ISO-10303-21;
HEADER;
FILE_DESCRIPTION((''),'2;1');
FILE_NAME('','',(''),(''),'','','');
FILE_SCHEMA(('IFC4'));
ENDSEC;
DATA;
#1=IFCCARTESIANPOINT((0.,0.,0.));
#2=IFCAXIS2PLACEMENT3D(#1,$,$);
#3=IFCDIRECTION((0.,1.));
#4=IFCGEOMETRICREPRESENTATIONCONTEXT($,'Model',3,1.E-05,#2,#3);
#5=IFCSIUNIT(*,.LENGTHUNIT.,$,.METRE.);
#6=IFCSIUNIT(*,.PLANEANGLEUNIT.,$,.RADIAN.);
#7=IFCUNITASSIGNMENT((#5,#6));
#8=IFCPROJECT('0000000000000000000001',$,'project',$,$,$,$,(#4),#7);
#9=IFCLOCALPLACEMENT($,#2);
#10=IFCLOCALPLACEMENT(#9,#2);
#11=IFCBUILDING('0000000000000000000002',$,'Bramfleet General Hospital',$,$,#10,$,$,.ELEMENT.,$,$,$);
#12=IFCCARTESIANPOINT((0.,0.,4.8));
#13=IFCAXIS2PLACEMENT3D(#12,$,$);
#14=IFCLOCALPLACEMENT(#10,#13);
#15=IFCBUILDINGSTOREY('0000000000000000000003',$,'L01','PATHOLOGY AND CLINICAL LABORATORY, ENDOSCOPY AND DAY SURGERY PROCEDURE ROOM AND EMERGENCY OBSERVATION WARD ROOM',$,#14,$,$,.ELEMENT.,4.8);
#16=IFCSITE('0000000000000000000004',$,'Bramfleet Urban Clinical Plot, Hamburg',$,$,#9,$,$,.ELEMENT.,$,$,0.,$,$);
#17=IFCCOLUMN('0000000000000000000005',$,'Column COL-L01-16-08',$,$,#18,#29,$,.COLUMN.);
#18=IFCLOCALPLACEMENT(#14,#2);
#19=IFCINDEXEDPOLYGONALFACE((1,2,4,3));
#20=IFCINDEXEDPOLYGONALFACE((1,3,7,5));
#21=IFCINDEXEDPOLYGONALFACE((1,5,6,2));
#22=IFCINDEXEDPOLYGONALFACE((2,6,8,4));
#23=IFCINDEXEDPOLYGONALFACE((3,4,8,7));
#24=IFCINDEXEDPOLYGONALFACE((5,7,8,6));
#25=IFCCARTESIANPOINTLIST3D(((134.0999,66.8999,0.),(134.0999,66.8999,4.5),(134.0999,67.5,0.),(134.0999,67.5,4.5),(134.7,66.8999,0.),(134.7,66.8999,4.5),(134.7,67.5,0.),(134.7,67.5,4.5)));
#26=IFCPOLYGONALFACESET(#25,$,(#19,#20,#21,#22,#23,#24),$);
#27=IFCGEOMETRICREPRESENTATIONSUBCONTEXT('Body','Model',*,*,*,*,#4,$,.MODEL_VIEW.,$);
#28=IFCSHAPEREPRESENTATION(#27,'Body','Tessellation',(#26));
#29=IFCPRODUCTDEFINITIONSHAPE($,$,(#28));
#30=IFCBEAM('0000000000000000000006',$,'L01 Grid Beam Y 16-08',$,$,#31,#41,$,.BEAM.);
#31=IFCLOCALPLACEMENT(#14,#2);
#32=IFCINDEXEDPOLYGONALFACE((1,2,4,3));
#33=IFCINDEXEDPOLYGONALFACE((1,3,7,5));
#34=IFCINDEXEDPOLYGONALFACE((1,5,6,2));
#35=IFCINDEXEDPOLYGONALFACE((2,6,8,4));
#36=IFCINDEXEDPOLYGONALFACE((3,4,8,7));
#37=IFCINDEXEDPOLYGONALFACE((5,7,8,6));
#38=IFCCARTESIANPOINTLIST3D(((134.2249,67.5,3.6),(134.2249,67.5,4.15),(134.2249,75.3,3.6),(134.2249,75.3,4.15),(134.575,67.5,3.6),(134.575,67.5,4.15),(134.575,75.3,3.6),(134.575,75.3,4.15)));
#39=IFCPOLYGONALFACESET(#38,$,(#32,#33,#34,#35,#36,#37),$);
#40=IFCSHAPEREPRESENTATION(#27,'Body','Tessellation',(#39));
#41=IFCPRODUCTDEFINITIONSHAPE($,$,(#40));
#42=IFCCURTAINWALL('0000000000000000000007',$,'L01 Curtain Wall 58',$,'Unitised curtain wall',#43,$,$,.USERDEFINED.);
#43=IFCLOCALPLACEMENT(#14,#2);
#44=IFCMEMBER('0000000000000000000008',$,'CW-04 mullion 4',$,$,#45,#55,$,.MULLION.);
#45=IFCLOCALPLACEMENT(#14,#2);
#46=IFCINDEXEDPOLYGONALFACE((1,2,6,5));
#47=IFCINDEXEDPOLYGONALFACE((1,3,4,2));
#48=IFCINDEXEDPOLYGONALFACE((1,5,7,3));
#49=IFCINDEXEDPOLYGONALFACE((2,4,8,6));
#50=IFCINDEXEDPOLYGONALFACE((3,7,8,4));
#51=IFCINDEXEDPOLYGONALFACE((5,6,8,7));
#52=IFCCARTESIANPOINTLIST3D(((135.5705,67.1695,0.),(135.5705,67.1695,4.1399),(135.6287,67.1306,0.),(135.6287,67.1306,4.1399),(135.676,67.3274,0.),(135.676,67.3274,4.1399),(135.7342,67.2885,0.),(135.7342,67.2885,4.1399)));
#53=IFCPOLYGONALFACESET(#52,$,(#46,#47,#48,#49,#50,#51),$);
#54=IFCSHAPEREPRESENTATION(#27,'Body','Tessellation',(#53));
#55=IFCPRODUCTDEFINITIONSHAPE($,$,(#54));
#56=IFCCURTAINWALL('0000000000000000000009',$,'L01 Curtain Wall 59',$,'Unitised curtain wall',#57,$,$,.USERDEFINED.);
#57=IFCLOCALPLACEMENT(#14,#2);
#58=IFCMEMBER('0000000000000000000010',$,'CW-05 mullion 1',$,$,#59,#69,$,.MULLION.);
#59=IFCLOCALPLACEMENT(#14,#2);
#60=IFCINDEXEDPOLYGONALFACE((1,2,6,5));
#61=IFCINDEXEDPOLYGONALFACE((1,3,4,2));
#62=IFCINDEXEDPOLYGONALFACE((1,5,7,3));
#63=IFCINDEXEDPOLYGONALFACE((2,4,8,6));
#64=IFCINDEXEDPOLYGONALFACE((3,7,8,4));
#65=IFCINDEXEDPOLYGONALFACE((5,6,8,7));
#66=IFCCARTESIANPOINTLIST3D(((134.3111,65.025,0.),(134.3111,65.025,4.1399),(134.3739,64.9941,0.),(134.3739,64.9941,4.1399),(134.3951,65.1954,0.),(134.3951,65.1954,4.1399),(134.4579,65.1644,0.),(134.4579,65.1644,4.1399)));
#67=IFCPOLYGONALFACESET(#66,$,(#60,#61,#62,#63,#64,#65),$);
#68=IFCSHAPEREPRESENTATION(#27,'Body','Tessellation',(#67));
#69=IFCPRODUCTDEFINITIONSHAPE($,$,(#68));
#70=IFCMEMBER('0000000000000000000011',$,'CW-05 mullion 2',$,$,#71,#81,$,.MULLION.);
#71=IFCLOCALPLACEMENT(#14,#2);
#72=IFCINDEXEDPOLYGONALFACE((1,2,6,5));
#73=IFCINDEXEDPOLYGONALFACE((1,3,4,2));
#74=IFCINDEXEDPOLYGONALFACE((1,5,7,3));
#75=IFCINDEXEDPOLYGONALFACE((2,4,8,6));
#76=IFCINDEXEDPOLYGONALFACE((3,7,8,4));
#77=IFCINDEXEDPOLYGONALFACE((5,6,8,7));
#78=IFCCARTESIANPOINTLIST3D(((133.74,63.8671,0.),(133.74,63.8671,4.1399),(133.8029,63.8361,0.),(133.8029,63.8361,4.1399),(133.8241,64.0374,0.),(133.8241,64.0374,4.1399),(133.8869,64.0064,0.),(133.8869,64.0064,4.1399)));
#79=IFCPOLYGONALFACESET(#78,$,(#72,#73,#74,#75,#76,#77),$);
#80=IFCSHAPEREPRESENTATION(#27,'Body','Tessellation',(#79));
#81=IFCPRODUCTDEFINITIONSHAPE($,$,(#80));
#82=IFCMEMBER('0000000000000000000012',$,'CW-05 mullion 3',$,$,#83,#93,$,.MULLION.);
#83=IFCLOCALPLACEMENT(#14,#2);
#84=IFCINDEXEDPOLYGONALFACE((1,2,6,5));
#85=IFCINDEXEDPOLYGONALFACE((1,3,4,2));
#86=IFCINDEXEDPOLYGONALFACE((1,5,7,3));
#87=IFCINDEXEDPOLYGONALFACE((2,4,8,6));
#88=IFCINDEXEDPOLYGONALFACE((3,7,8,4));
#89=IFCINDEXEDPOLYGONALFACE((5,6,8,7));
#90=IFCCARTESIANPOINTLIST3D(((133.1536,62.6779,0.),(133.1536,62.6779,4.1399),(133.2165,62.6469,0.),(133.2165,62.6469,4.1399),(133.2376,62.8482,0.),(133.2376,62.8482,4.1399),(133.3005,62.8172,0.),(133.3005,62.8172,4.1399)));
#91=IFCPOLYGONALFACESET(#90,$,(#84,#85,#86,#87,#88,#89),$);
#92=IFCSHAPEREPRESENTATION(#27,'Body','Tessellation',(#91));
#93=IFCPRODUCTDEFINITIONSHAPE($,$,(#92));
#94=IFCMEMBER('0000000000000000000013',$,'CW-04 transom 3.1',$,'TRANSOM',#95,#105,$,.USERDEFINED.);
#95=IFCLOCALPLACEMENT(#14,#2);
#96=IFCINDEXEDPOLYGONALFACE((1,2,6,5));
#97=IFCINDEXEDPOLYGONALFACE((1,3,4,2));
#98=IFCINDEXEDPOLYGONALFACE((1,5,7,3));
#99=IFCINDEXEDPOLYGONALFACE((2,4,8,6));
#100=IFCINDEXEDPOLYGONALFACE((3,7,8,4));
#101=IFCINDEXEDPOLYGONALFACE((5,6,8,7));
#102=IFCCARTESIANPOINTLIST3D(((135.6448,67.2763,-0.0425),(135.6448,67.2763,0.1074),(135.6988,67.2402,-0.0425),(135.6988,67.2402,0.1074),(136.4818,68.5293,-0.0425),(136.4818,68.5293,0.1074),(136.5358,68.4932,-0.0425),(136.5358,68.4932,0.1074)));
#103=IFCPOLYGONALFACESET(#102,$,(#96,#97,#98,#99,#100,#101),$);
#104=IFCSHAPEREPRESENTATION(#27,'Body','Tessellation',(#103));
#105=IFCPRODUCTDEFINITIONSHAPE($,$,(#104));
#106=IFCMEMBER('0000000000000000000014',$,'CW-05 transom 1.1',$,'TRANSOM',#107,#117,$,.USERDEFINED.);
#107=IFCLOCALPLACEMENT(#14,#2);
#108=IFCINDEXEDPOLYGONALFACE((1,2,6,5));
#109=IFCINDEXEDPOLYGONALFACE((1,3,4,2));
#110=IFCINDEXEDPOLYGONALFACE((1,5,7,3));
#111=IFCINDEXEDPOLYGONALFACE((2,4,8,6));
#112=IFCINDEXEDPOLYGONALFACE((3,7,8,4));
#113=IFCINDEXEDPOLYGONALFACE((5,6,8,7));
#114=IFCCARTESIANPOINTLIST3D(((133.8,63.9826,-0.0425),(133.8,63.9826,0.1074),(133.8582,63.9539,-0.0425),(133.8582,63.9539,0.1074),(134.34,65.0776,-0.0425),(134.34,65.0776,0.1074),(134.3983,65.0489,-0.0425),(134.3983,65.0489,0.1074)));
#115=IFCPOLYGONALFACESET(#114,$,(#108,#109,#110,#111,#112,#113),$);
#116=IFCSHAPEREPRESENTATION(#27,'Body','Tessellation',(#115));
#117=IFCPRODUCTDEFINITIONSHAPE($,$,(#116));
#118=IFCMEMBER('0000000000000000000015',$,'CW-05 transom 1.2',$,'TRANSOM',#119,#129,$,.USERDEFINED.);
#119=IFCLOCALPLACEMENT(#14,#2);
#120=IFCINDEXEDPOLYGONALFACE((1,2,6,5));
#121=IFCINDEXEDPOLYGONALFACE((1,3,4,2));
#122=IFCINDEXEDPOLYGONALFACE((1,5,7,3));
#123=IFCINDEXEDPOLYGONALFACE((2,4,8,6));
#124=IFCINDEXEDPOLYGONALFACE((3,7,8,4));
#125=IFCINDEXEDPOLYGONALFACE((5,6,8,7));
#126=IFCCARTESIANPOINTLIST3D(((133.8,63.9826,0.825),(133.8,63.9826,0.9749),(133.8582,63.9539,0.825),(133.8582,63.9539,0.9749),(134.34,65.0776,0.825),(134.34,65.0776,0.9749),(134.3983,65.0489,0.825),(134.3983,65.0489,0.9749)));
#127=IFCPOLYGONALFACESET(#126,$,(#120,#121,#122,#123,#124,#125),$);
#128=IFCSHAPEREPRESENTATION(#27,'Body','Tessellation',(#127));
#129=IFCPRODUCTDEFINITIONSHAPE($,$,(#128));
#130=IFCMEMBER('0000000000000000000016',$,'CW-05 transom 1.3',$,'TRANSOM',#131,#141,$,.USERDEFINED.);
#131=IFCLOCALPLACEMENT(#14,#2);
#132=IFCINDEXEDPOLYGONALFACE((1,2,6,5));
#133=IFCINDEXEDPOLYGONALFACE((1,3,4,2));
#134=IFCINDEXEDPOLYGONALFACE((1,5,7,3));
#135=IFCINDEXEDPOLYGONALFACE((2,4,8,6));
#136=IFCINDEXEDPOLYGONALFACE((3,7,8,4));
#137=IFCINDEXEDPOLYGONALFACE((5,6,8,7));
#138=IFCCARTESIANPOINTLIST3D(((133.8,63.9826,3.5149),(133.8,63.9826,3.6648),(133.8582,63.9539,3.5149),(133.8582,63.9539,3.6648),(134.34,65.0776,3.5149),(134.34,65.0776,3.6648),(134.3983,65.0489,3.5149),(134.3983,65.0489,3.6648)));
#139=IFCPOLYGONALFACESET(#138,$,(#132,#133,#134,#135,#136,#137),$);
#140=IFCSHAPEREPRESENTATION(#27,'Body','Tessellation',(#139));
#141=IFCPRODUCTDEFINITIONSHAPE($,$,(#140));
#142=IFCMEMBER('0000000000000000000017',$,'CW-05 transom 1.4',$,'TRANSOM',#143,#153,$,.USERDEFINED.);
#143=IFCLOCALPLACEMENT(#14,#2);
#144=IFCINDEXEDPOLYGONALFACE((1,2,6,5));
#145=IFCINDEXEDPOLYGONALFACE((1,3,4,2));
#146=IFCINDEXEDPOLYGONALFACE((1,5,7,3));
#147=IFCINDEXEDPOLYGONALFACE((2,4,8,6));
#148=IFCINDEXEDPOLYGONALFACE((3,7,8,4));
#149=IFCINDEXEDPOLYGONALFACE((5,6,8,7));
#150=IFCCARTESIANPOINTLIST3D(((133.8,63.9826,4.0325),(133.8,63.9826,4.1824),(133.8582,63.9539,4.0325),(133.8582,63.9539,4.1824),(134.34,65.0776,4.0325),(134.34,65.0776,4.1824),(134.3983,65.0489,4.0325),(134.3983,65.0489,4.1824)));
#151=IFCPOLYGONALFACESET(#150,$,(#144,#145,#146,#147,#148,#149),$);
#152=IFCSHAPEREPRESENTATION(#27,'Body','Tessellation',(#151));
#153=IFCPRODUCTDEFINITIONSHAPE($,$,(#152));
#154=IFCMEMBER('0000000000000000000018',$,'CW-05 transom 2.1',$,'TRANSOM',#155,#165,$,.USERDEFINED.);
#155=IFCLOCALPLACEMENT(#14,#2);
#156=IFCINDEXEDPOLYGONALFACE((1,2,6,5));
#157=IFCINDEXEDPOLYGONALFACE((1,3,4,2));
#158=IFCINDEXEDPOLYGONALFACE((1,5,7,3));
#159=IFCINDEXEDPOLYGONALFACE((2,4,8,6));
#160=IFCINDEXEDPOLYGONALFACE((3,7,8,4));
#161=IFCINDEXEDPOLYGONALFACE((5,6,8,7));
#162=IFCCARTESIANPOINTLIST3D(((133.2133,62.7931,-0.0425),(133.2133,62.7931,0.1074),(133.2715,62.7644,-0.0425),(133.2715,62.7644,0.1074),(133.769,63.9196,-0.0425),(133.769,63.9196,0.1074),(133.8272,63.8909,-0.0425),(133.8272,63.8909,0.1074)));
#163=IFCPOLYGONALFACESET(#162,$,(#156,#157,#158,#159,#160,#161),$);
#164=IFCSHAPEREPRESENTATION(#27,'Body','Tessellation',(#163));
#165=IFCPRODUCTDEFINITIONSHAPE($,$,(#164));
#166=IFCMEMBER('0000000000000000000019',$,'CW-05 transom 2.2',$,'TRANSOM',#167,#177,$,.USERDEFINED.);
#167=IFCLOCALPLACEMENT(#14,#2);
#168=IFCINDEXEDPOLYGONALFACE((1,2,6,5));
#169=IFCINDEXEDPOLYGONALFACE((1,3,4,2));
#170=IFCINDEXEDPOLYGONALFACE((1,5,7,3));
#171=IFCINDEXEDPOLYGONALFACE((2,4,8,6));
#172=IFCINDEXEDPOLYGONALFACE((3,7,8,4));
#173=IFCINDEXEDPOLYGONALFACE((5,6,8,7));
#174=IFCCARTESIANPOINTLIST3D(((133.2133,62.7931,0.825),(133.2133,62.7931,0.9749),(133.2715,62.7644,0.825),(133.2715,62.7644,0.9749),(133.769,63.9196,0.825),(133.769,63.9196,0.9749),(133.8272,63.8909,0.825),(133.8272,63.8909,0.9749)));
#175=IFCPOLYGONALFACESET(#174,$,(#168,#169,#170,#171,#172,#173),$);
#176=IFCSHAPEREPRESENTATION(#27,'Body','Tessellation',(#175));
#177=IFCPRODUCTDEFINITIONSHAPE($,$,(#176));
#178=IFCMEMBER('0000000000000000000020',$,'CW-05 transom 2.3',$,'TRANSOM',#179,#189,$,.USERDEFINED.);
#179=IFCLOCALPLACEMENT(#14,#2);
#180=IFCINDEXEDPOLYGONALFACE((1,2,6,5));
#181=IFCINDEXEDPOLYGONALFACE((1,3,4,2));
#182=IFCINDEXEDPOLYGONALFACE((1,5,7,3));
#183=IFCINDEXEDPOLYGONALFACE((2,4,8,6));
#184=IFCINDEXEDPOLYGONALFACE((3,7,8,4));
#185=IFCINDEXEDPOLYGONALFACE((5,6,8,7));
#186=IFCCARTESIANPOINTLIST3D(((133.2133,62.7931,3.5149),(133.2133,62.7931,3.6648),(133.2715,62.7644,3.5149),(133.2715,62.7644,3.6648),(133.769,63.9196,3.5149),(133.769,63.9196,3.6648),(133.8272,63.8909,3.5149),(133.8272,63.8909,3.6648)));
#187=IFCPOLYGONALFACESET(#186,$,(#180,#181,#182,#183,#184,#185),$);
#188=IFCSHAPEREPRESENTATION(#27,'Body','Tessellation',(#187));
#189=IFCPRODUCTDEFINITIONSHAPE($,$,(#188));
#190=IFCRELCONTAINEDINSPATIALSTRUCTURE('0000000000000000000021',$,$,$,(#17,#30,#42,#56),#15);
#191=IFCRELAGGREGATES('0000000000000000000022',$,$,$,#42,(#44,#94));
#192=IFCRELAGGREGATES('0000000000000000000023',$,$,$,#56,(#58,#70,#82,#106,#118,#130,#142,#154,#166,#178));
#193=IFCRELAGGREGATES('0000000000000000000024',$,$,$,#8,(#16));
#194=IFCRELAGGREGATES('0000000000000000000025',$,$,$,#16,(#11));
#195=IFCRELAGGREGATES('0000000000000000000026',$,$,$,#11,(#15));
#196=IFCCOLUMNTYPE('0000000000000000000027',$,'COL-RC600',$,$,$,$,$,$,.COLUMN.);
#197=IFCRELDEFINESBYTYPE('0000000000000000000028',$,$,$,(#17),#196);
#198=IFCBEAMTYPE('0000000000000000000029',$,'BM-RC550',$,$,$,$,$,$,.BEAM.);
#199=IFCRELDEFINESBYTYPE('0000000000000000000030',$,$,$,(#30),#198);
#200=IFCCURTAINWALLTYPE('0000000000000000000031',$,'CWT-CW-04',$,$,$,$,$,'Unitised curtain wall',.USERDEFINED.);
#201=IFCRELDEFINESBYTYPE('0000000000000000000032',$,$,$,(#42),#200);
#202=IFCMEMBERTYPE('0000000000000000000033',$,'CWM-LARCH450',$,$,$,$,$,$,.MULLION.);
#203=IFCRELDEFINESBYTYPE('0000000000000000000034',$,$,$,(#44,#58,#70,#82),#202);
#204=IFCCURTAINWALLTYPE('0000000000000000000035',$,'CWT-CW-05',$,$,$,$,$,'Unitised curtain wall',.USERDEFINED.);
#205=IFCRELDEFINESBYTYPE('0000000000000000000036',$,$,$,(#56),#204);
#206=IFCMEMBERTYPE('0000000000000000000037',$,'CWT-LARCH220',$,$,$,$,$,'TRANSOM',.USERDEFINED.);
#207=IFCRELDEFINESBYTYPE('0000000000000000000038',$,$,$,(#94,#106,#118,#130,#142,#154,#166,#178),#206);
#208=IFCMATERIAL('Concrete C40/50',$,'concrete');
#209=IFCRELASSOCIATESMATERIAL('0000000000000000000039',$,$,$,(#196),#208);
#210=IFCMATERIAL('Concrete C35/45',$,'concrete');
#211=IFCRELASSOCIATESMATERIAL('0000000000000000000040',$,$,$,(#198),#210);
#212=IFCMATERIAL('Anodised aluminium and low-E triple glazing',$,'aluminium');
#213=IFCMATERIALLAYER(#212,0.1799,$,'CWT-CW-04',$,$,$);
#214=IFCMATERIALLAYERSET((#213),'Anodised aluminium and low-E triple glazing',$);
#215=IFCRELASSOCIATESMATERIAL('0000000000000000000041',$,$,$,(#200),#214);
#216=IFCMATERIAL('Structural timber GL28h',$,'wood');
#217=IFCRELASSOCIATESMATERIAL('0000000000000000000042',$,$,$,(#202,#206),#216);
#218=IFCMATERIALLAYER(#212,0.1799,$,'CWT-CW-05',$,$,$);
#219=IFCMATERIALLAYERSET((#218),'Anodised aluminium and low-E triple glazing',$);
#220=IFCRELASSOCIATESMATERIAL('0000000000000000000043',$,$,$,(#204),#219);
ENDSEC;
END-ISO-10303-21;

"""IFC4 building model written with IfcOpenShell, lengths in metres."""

from ifc_helpers import new_model, si_unit, direction, frame, origin, origin_2d, place, context, subcontext, project, spatial, rectangle, extrude, material, layer, layer_set, material_profile, profile_set, type_object, element, aggregate, save


model = new_model("IFC4")

# Units and contexts
model_context = context("Model", 3, precision=1e-05, world=origin(), true_north=direction((0.0, 1.0)))
body_context = subcontext(model_context, "Body", "Model", "MODEL_VIEW")
ifc_project = project(units=[si_unit("LENGTHUNIT", "METRE"), si_unit("PLANEANGLEUNIT", "RADIAN")], contexts=[model_context])

# Site, building, storey
site_placement = place(None, origin())
site = spatial("IfcSite", under=ifc_project, at=site_placement, Name="Bramfleet Urban Clinical Plot, Hamburg", CompositionType="ELEMENT", RefElevation=0.0)
building_placement = place(site_placement, origin())
building = spatial("IfcBuilding", under=site, at=building_placement, Name="Bramfleet General Hospital", CompositionType="ELEMENT")
storey_placement = place(building_placement, frame((0.0, 0.0, 4.8)))
storey = spatial("IfcBuildingStorey", under=building, at=storey_placement, Name="L01", Description="PATHOLOGY AND CLINICAL LABORATORY, ENDOSCOPY AND DAY SURGERY PROCEDURE ROOM AND EMERGENCY OBSERVATION WARD ROOM", CompositionType="ELEMENT", Elevation=4.8)

# Column
ifc_material_1 = material(Name="Concrete C40/50", Category="concrete")
ifc_material_profile_1 = material_profile(ifc_material_1, rectangle(XDim=0.6001, YDim=0.6001, at=origin_2d()), Name="RC COL 600x600")
ifc_profile_set_1 = profile_set([ifc_material_profile_1], Name="Concrete C40/50")
column_type = type_object("IfcColumnType", Name="COL-RC600", PredefinedType="COLUMN", material=ifc_profile_set_1)
column_placement = place(storey_placement, frame((134.3999, 67.2, 0.0), z_axis=(0.0, 0.0, 1.0), x_axis=(1.0, 0.0, 0.0)))
element("IfcColumn", 1, at=column_placement, inside=storey, type_object=column_type, Name="Column COL-L01-16-08", PredefinedType="COLUMN", context=body_context, shape_type="SweptSolid", body=[
    extrude(rectangle(XDim=0.6001, YDim=0.6001, at=origin_2d()), origin(), (0.0, 0.0, 1.0), 4.5),
])

# Beam
ifc_material_2 = material(Name="Concrete C35/45", Category="concrete")
ifc_material_profile_2 = material_profile(ifc_material_2, rectangle(XDim=0.3501, YDim=0.55, at=origin_2d()), Name="RC BM 550x350")
ifc_profile_set_2 = profile_set([ifc_material_profile_2], Name="Concrete C35/45")
beam_type = type_object("IfcBeamType", Name="BM-RC550", PredefinedType="BEAM", material=ifc_profile_set_2)
beam_placement = place(storey_placement, frame((134.3999, 67.5, 3.875), z_axis=(0.0, 1.0, 0.0), x_axis=(-1.0, 0.0, 0.0)))
element("IfcBeam", 2, at=beam_placement, inside=storey, type_object=beam_type, Name="L01 Grid Beam Y 16-08", PredefinedType="BEAM", context=body_context, shape_type="SweptSolid", body=[
    extrude(rectangle(XDim=0.3501, YDim=0.55, at=origin_2d()), origin(), (0.0, 0.0, 1.0), 7.8),
])

# Curtain wall, member
ifc_material_3 = material(Name="Anodised aluminium and low-E triple glazing", Category="aluminium")
ifc_layer_1 = layer(ifc_material_3, 0.1799, Name="CWT-CW-04")
ifc_layer_set_1 = layer_set([ifc_layer_1], Name="Anodised aluminium and low-E triple glazing")
curtain_wall_type_1 = type_object("IfcCurtainWallType", Name="CWT-CW-04", ElementType="Unitised curtain wall", PredefinedType="USERDEFINED", material=ifc_layer_set_1)
curtain_wall_1_placement = place(storey_placement, origin())
curtain_wall_1 = element("IfcCurtainWall", 3, at=curtain_wall_1_placement, inside=storey, type_object=curtain_wall_type_1, Name="L01 Curtain Wall 58", ObjectType="Unitised curtain wall", PredefinedType="USERDEFINED")
ifc_material_4 = material(Name="Structural timber GL28h", Category="wood")
ifc_material_profile_3 = material_profile(ifc_material_4, rectangle(XDim=0.0701, YDim=0.1899, at=origin_2d()), Name="LARCH 190x70")
ifc_profile_set_3 = profile_set([ifc_material_profile_3], Name="Structural timber GL28h")
member_type_1 = type_object("IfcMemberType", Name="CWM-LARCH450", PredefinedType="MULLION", material=ifc_profile_set_3)
member_1_placement = place(storey_placement, frame((135.6523, 67.229, 0.0), z_axis=(0.0, 0.0, 1.0), x_axis=(0.831541, -0.555464, 0.0)))
member_1 = element("IfcMember", 4, at=member_1_placement, type_object=member_type_1, Name="CW-04 mullion 4", PredefinedType="MULLION", context=body_context, shape_type="SweptSolid", body=[
    extrude(rectangle(XDim=0.0701, YDim=0.1899, at=origin_2d()), origin(), (0.0, 0.0, 1.0), 4.1399),
])

# Curtain wall, members
ifc_layer_2 = layer(ifc_material_3, 0.1799, Name="CWT-CW-05")
ifc_layer_set_2 = layer_set([ifc_layer_2], Name="Anodised aluminium and low-E triple glazing")
curtain_wall_type_2 = type_object("IfcCurtainWallType", Name="CWT-CW-05", ElementType="Unitised curtain wall", PredefinedType="USERDEFINED", material=ifc_layer_set_2)
curtain_wall_2_placement = place(storey_placement, origin())
curtain_wall_2 = element("IfcCurtainWall", 5, at=curtain_wall_2_placement, inside=storey, type_object=curtain_wall_type_2, Name="L01 Curtain Wall 59", ObjectType="Unitised curtain wall", PredefinedType="USERDEFINED")
member_2_placement = place(storey_placement, frame((134.3845, 65.0947, 0.0), z_axis=(0.0, 0.0, 1.0), x_axis=(0.896865, -0.442305, 0.0)))
member_2 = element("IfcMember", 6, at=member_2_placement, type_object=member_type_1, Name="CW-05 mullion 1", PredefinedType="MULLION", context=body_context, shape_type="SweptSolid", body=[
    extrude(rectangle(XDim=0.0701, YDim=0.1899, at=origin_2d()), origin(), (0.0, 0.0, 1.0), 4.1399),
])
member_3_placement = place(storey_placement, frame((133.8135, 63.9368, 0.0), z_axis=(0.0, 0.0, 1.0), x_axis=(0.896865, -0.442305, 0.0)))
member_3 = element("IfcMember", 7, at=member_3_placement, type_object=member_type_1, Name="CW-05 mullion 2", PredefinedType="MULLION", context=body_context, shape_type="SweptSolid", body=[
    extrude(rectangle(XDim=0.0701, YDim=0.1899, at=origin_2d()), origin(), (0.0, 0.0, 1.0), 4.1399),
])
member_4_placement = place(storey_placement, frame((133.2271, 62.7476, 0.0), z_axis=(0.0, 0.0, 1.0), x_axis=(0.896865, -0.442305, 0.0)))
member_4 = element("IfcMember", 8, at=member_4_placement, type_object=member_type_1, Name="CW-05 mullion 3", PredefinedType="MULLION", context=body_context, shape_type="SweptSolid", body=[
    extrude(rectangle(XDim=0.0701, YDim=0.1899, at=origin_2d()), origin(), (0.0, 0.0, 1.0), 4.1399),
])

# Members
ifc_material_profile_4 = material_profile(ifc_material_4, rectangle(XDim=0.0649, YDim=0.1499, at=origin_2d()), Name="LARCH 150x65")
ifc_profile_set_4 = profile_set([ifc_material_profile_4], Name="Structural timber GL28h")
member_type_2 = type_object("IfcMemberType", Name="CWT-LARCH220", ElementType="TRANSOM", PredefinedType="USERDEFINED", material=ifc_profile_set_4)
member_5_placement = place(storey_placement, frame((136.5088, 68.5112, 0.0325), z_axis=(-0.555448, -0.831551, 0.0), x_axis=(0.831551, -0.555448, 0.0)))
member_5 = element("IfcMember", 9, at=member_5_placement, type_object=member_type_2, Name="CW-04 transom 3.1", ObjectType="TRANSOM", PredefinedType="USERDEFINED", context=body_context, shape_type="SweptSolid", body=[
    extrude(rectangle(XDim=0.0649, YDim=0.1499, at=origin_2d()), origin(), (0.0, 0.0, 1.0), 1.5068),
])
member_6_placement = place(storey_placement, frame((134.3691, 65.0632, 0.0325), z_axis=(-0.442328, -0.896853, 0.0), x_axis=(0.896853, -0.442328, 0.0)))
member_6 = element("IfcMember", 10, at=member_6_placement, type_object=member_type_2, Name="CW-05 transom 1.1", ObjectType="TRANSOM", PredefinedType="USERDEFINED", context=body_context, shape_type="SweptSolid", body=[
    extrude(rectangle(XDim=0.0649, YDim=0.1499, at=origin_2d()), origin(), (0.0, 0.0, 1.0), 1.2209),
])
member_7_placement = place(storey_placement, frame((134.3691, 65.0632, 0.8999), z_axis=(-0.442328, -0.896853, 0.0), x_axis=(0.896853, -0.442328, 0.0)))
member_7 = element("IfcMember", 11, at=member_7_placement, type_object=member_type_2, Name="CW-05 transom 1.2", ObjectType="TRANSOM", PredefinedType="USERDEFINED", context=body_context, shape_type="SweptSolid", body=[
    extrude(rectangle(XDim=0.0649, YDim=0.1499, at=origin_2d()), origin(), (0.0, 0.0, 1.0), 1.2209),
])
member_8_placement = place(storey_placement, frame((134.3691, 65.0632, 3.5898), z_axis=(-0.442328, -0.896853, 0.0), x_axis=(0.896853, -0.442328, 0.0)))
member_8 = element("IfcMember", 12, at=member_8_placement, type_object=member_type_2, Name="CW-05 transom 1.3", ObjectType="TRANSOM", PredefinedType="USERDEFINED", context=body_context, shape_type="SweptSolid", body=[
    extrude(rectangle(XDim=0.0649, YDim=0.1499, at=origin_2d()), origin(), (0.0, 0.0, 1.0), 1.2209),
])
member_9_placement = place(storey_placement, frame((134.3691, 65.0632, 4.1074), z_axis=(-0.442328, -0.896853, 0.0), x_axis=(0.896853, -0.442328, 0.0)))
member_9 = element("IfcMember", 13, at=member_9_placement, type_object=member_type_2, Name="CW-05 transom 1.4", ObjectType="TRANSOM", PredefinedType="USERDEFINED", context=body_context, shape_type="SweptSolid", body=[
    extrude(rectangle(XDim=0.0649, YDim=0.1499, at=origin_2d()), origin(), (0.0, 0.0, 1.0), 1.2209),
])
member_10_placement = place(storey_placement, frame((133.7981, 63.9053, 0.0325), z_axis=(-0.442387, -0.896824, 0.0), x_axis=(0.896824, -0.442387, 0.0)))
member_10 = element("IfcMember", 14, at=member_10_placement, type_object=member_type_2, Name="CW-05 transom 2.1", ObjectType="TRANSOM", PredefinedType="USERDEFINED", context=body_context, shape_type="SweptSolid", body=[
    extrude(rectangle(XDim=0.0649, YDim=0.1499, at=origin_2d()), origin(), (0.0, 0.0, 1.0), 1.2561),
])
member_11_placement = place(storey_placement, frame((133.7981, 63.9053, 0.8999), z_axis=(-0.442387, -0.896824, 0.0), x_axis=(0.896824, -0.442387, 0.0)))
member_11 = element("IfcMember", 15, at=member_11_placement, type_object=member_type_2, Name="CW-05 transom 2.2", ObjectType="TRANSOM", PredefinedType="USERDEFINED", context=body_context, shape_type="SweptSolid", body=[
    extrude(rectangle(XDim=0.0649, YDim=0.1499, at=origin_2d()), origin(), (0.0, 0.0, 1.0), 1.2561),
])
member_12_placement = place(storey_placement, frame((133.7981, 63.9053, 3.5898), z_axis=(-0.442387, -0.896824, 0.0), x_axis=(0.896824, -0.442387, 0.0)))
member_12 = element("IfcMember", 16, at=member_12_placement, type_object=member_type_2, Name="CW-05 transom 2.3", ObjectType="TRANSOM", PredefinedType="USERDEFINED", context=body_context, shape_type="SweptSolid", body=[
    extrude(rectangle(XDim=0.0649, YDim=0.1499, at=origin_2d()), origin(), (0.0, 0.0, 1.0), 1.2561),
])

aggregate(curtain_wall_1, [member_1, member_5])
aggregate(curtain_wall_2, [member_2, member_3, member_4, member_6, member_7, member_8, member_9, member_10, member_11, member_12])

save(model, "model.ifc")
